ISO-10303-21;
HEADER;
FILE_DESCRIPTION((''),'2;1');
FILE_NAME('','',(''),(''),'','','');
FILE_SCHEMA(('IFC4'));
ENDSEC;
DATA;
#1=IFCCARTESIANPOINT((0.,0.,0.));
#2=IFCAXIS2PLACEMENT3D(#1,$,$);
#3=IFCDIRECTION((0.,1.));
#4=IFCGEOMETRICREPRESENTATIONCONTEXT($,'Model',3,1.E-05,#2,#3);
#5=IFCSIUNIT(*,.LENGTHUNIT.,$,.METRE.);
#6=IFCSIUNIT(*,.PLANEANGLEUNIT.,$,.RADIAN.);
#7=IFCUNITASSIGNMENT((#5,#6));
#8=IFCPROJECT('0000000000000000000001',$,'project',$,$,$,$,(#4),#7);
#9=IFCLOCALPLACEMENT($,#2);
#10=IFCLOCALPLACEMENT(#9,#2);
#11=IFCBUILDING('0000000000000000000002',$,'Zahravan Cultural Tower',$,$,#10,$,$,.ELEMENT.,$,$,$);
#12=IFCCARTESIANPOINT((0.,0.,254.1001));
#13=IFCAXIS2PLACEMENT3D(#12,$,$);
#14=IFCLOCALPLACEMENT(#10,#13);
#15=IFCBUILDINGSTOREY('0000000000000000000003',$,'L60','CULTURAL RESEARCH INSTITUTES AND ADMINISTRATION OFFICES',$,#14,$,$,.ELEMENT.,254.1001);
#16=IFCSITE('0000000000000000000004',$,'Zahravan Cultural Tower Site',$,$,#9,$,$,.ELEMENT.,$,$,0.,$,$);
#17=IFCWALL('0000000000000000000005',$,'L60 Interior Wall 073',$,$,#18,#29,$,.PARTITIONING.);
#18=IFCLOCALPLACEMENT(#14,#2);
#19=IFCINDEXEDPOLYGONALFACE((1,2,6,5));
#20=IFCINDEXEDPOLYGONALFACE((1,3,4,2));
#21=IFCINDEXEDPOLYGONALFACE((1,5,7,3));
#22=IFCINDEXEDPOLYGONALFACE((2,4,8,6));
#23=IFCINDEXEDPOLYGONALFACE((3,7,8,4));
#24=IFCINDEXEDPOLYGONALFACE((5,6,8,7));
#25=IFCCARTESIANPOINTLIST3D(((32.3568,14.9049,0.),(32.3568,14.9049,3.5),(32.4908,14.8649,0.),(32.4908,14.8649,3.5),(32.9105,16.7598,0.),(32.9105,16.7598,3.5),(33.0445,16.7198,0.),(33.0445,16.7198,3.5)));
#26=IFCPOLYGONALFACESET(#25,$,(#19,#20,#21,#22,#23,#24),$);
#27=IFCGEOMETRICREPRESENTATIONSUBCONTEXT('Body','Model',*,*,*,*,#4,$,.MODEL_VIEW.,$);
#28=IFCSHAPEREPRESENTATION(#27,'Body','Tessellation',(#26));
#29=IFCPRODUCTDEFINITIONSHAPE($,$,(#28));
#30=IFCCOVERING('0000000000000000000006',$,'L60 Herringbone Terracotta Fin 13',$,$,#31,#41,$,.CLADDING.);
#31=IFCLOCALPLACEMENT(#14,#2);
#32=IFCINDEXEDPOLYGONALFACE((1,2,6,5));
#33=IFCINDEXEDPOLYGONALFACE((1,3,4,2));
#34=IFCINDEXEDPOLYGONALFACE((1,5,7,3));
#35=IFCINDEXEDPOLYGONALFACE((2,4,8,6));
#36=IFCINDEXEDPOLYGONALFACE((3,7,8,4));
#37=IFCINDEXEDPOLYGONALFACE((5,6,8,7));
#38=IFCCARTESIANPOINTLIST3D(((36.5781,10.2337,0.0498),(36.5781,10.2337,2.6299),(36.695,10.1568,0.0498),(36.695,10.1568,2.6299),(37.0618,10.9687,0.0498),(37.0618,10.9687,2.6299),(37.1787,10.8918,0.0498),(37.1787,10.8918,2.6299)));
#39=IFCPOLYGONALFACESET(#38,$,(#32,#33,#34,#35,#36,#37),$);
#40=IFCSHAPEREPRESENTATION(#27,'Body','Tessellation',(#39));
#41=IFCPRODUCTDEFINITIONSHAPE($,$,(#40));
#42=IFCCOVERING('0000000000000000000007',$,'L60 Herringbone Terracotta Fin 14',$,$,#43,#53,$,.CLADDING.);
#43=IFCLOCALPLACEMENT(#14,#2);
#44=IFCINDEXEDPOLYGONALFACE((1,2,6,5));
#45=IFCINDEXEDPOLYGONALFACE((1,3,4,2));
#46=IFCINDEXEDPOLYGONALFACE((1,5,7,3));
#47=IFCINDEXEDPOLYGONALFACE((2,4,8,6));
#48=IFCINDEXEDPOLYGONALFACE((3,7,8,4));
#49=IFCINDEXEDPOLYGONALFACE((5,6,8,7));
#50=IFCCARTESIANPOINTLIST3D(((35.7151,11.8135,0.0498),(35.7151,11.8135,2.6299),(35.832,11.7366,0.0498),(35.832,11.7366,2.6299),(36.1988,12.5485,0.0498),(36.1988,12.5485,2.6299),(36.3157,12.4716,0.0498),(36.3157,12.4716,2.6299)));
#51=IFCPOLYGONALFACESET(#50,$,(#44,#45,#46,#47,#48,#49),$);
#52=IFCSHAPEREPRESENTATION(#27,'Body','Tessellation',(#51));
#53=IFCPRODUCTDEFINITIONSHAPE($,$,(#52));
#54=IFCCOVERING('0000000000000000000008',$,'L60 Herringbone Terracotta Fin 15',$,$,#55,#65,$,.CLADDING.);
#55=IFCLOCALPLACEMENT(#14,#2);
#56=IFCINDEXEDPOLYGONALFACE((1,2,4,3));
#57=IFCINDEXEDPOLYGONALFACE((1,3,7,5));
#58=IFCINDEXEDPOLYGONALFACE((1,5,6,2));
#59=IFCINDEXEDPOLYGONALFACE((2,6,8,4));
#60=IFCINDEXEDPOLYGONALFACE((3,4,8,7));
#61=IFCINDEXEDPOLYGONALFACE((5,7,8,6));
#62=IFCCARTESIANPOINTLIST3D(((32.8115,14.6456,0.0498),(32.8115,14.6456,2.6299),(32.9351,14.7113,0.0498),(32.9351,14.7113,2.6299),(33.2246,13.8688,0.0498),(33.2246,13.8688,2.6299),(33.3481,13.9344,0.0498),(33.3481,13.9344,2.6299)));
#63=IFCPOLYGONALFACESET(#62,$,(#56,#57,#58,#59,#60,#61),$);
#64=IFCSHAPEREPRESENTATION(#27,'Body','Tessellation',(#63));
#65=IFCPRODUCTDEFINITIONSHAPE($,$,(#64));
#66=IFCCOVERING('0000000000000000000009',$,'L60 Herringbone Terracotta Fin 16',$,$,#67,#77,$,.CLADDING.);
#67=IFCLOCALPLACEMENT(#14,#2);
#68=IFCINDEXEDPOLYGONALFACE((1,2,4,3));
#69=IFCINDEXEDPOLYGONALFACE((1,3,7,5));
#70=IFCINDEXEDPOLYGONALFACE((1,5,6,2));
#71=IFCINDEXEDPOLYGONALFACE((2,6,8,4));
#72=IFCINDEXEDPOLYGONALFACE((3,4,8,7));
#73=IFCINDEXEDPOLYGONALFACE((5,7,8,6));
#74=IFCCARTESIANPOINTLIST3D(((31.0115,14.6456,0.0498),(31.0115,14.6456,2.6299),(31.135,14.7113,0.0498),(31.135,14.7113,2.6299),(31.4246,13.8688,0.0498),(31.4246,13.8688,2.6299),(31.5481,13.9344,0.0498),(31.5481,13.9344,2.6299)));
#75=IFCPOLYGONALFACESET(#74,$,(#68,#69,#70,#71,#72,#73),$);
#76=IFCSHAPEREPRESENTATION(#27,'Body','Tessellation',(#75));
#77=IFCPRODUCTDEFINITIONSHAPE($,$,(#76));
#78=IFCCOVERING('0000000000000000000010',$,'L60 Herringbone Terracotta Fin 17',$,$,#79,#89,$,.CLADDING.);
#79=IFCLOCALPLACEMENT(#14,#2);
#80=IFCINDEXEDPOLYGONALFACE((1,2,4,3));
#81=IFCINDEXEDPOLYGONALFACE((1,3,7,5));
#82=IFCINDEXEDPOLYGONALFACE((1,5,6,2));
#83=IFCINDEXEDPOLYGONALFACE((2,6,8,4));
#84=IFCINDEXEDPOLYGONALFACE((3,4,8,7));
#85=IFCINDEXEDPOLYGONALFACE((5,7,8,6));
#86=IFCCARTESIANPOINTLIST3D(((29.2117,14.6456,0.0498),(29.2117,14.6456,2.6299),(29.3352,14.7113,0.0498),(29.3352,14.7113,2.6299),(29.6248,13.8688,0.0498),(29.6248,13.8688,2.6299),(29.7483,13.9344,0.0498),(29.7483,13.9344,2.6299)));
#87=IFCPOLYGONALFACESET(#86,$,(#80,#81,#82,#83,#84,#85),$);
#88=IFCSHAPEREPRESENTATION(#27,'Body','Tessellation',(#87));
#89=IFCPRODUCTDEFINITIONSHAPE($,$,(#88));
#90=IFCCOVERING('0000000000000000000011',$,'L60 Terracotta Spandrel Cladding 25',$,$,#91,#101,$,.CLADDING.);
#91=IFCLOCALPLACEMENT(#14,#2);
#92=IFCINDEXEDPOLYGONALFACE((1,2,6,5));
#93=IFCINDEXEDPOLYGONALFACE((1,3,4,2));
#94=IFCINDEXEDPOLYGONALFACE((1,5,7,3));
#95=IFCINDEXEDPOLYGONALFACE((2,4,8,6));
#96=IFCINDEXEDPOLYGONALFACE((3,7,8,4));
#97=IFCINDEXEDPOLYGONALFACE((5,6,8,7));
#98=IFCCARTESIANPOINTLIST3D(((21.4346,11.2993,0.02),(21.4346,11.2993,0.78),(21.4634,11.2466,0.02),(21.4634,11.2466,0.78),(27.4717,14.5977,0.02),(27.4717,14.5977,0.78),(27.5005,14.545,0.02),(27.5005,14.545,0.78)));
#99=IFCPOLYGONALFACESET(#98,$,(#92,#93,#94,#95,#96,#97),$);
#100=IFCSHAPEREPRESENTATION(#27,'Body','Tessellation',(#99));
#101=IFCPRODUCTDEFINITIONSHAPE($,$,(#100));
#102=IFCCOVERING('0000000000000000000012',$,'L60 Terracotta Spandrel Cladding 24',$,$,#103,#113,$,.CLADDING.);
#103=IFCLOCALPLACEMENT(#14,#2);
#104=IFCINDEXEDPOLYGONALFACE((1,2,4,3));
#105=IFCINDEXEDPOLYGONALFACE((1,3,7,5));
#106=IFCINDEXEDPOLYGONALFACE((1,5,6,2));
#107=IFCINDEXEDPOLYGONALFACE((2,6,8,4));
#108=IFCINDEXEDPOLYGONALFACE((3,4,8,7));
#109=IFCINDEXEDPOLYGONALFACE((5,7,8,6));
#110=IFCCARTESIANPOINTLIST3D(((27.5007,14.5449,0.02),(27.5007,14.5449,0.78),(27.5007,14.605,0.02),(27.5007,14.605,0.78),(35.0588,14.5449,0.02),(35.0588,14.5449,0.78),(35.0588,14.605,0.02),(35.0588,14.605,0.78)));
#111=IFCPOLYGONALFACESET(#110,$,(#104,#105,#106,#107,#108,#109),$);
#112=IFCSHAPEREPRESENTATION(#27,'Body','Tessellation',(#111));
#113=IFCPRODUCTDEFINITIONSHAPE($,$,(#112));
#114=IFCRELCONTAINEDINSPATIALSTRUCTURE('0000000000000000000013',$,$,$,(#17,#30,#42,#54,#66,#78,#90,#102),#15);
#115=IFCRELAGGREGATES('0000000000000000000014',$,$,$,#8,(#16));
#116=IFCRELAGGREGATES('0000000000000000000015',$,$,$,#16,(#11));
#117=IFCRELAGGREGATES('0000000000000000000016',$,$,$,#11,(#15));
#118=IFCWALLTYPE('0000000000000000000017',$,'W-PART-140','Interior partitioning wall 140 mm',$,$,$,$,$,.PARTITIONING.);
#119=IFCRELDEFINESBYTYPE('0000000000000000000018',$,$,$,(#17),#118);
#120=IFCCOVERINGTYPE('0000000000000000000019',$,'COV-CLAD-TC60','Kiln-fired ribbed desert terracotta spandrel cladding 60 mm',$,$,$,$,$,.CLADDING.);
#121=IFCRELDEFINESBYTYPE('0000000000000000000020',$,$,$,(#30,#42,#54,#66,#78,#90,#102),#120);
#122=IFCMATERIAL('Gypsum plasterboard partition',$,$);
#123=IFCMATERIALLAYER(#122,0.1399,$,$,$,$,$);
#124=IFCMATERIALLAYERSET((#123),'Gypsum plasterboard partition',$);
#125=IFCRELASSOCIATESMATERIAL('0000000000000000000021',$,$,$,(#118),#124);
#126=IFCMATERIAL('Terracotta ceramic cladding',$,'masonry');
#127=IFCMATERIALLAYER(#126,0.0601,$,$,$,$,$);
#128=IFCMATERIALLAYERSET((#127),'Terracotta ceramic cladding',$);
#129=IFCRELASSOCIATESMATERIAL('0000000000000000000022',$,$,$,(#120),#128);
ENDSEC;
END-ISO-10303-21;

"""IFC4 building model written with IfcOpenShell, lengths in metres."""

from ifc_helpers import new_model, si_unit, direction, frame, frame_2d, origin, origin_2d, place, context, subcontext, project, spatial, rectangle, extrude, source, transform, mapped, material, layer, layer_set, type_object, element, save


model = new_model("IFC4")

# Units and contexts
model_context = context("Model", 3, precision=1e-05, world=origin(), true_north=direction((0.0, 1.0)))
body_context = subcontext(model_context, "Body", "Model", "MODEL_VIEW")
ifc_project = project(units=[si_unit("LENGTHUNIT", "METRE"), si_unit("PLANEANGLEUNIT", "RADIAN")], contexts=[model_context])

# Site, building, storey
site_placement = place(None, origin())
site = spatial("IfcSite", under=ifc_project, at=site_placement, Name="Zahravan Cultural Tower Site", CompositionType="ELEMENT", RefElevation=0.0)
building_placement = place(site_placement, origin())
building = spatial("IfcBuilding", under=site, at=building_placement, Name="Zahravan Cultural Tower", CompositionType="ELEMENT")
storey_placement = place(building_placement, frame((0.0, 0.0, 254.1001)))
storey = spatial("IfcBuildingStorey", under=building, at=storey_placement, Name="L60", Description="CULTURAL RESEARCH INSTITUTES AND ADMINISTRATION OFFICES", CompositionType="ELEMENT", Elevation=254.1001)

# Shared definitions
ifc_material_1 = material(Name="Gypsum plasterboard partition")
ifc_layer_1 = layer(ifc_material_1, 0.1399)
ifc_layer_set_1 = layer_set([ifc_layer_1], Name="Gypsum plasterboard partition")
wall_type_1 = type_object("IfcWallType", Name="W-PART-140", Description="Interior partitioning wall 140 mm", PredefinedType="PARTITIONING", material=ifc_layer_set_1)

# Wall
shared_shape_1 = source(origin(), body_context, "Body", "SweptSolid", [
    extrude(rectangle(XDim=1.9358, YDim=0.1399, at=frame_2d((0.9678, 0.0))), origin(), (0.0, 0.0, 1.0), 3.5),
])
wall_1_placement = place(storey_placement, frame((32.4238, 14.885, 0.0), z_axis=(0.0, 0.0, 1.0), x_axis=(0.286029, 0.958221, 0.0)))
element("IfcWall", 1, at=wall_1_placement, inside=storey, type_object=wall_type_1, Name="L60 Interior Wall 073", PredefinedType="PARTITIONING", context=body_context, shape_type="MappedRepresentation", body=[
    mapped(shared_shape_1, transform((0.0, 0.0, 0.0), x_axis=(1.0, 0.0, 0.0), y_axis=(0.0, 1.0, 0.0), z_axis=(0.0, 0.0, 1.0), scale=1.0)),
])

# Coverings
ifc_material_2 = material(Name="Terracotta ceramic cladding", Category="masonry")
ifc_layer_2 = layer(ifc_material_2, 0.0601)
ifc_layer_set_2 = layer_set([ifc_layer_2], Name="Terracotta ceramic cladding")
covering_type = type_object("IfcCoveringType", Name="COV-CLAD-TC60", Description="Kiln-fired ribbed desert terracotta spandrel cladding 60 mm", PredefinedType="CLADDING", material=ifc_layer_set_2)
shared_shape_2 = source(origin(), body_context, "Body", "SweptSolid", [
    extrude(rectangle(XDim=0.8799, YDim=0.1399, at=origin_2d()), origin(), (0.0, 0.0, 1.0), 2.5801),
])
for number, where, z_axis, x_axis, name in (
    (2, (36.8784, 10.5627, 0.0498), (0.0, 0.0, 1.0), (-0.549752, -0.835328, 0.0), "L60 Herringbone Terracotta Fin 13"),
    (3, (36.0154, 12.1426, 0.0498), (0.0, 0.0, 1.0), (-0.549752, -0.835328, 0.0), "L60 Herringbone Terracotta Fin 14"),
    (4, (33.0798, 14.29, 0.0498), (0.0, 0.0, 1.0), (0.469472, -0.882948, 0.0), "L60 Herringbone Terracotta Fin 15"),
    (5, (31.2798, 14.29, 0.0498), (0.0, 0.0, 1.0), (0.469472, -0.882948, 0.0), "L60 Herringbone Terracotta Fin 16"),
    (6, (29.48, 14.29, 0.0498), (0.0, 0.0, 1.0), (0.469472, -0.882948, 0.0), "L60 Herringbone Terracotta Fin 17"),
):
    element("IfcCovering", number, at=place(storey_placement, frame(where, z_axis=z_axis, x_axis=x_axis)), inside=storey, type_object=covering_type, Name=name, PredefinedType="CLADDING", context=body_context, shape_type="MappedRepresentation", body=[
        mapped(shared_shape_2, transform((0.0, 0.0, 0.0), x_axis=(1.0, 0.0, 0.0), y_axis=(0.0, 1.0, 0.0), z_axis=(0.0, 0.0, 1.0), scale=1.0)),
    ])
shared_shape_3 = source(origin(), body_context, "Body", "SweptSolid", [
    extrude(rectangle(XDim=6.8794, YDim=0.0601, at=origin_2d()), origin(), (0.0, 0.0, 1.0), 0.76),
])
covering_1_placement = place(storey_placement, frame((24.4675, 12.9221, 0.02), z_axis=(0.0, 0.0, 1.0), x_axis=(-0.877565, -0.479458, 0.0)))
element("IfcCovering", 7, at=covering_1_placement, inside=storey, type_object=covering_type, Name="L60 Terracotta Spandrel Cladding 25", PredefinedType="CLADDING", context=body_context, shape_type="MappedRepresentation", body=[
    mapped(shared_shape_3, transform((0.0, 0.0, 0.0), x_axis=(1.0, 0.0, 0.0), y_axis=(0.0, 1.0, 0.0), z_axis=(0.0, 0.0, 1.0), scale=1.0)),
])
shared_shape_4 = source(origin(), body_context, "Body", "SweptSolid", [
    extrude(rectangle(XDim=7.5581, YDim=0.0601, at=origin_2d()), origin(), (0.0, 0.0, 1.0), 0.76),
])
covering_2_placement = place(storey_placement, frame((31.2798, 14.575, 0.02), z_axis=(0.0, 0.0, 1.0), x_axis=(-1.0, 0.0, 0.0)))
element("IfcCovering", 8, at=covering_2_placement, inside=storey, type_object=covering_type, Name="L60 Terracotta Spandrel Cladding 24", PredefinedType="CLADDING", context=body_context, shape_type="MappedRepresentation", body=[
    mapped(shared_shape_4, transform((0.0, 0.0, 0.0), x_axis=(1.0, 0.0, 0.0), y_axis=(0.0, 1.0, 0.0), z_axis=(0.0, 0.0, 1.0), scale=1.0)),
])

save(model, "model.ifc")
